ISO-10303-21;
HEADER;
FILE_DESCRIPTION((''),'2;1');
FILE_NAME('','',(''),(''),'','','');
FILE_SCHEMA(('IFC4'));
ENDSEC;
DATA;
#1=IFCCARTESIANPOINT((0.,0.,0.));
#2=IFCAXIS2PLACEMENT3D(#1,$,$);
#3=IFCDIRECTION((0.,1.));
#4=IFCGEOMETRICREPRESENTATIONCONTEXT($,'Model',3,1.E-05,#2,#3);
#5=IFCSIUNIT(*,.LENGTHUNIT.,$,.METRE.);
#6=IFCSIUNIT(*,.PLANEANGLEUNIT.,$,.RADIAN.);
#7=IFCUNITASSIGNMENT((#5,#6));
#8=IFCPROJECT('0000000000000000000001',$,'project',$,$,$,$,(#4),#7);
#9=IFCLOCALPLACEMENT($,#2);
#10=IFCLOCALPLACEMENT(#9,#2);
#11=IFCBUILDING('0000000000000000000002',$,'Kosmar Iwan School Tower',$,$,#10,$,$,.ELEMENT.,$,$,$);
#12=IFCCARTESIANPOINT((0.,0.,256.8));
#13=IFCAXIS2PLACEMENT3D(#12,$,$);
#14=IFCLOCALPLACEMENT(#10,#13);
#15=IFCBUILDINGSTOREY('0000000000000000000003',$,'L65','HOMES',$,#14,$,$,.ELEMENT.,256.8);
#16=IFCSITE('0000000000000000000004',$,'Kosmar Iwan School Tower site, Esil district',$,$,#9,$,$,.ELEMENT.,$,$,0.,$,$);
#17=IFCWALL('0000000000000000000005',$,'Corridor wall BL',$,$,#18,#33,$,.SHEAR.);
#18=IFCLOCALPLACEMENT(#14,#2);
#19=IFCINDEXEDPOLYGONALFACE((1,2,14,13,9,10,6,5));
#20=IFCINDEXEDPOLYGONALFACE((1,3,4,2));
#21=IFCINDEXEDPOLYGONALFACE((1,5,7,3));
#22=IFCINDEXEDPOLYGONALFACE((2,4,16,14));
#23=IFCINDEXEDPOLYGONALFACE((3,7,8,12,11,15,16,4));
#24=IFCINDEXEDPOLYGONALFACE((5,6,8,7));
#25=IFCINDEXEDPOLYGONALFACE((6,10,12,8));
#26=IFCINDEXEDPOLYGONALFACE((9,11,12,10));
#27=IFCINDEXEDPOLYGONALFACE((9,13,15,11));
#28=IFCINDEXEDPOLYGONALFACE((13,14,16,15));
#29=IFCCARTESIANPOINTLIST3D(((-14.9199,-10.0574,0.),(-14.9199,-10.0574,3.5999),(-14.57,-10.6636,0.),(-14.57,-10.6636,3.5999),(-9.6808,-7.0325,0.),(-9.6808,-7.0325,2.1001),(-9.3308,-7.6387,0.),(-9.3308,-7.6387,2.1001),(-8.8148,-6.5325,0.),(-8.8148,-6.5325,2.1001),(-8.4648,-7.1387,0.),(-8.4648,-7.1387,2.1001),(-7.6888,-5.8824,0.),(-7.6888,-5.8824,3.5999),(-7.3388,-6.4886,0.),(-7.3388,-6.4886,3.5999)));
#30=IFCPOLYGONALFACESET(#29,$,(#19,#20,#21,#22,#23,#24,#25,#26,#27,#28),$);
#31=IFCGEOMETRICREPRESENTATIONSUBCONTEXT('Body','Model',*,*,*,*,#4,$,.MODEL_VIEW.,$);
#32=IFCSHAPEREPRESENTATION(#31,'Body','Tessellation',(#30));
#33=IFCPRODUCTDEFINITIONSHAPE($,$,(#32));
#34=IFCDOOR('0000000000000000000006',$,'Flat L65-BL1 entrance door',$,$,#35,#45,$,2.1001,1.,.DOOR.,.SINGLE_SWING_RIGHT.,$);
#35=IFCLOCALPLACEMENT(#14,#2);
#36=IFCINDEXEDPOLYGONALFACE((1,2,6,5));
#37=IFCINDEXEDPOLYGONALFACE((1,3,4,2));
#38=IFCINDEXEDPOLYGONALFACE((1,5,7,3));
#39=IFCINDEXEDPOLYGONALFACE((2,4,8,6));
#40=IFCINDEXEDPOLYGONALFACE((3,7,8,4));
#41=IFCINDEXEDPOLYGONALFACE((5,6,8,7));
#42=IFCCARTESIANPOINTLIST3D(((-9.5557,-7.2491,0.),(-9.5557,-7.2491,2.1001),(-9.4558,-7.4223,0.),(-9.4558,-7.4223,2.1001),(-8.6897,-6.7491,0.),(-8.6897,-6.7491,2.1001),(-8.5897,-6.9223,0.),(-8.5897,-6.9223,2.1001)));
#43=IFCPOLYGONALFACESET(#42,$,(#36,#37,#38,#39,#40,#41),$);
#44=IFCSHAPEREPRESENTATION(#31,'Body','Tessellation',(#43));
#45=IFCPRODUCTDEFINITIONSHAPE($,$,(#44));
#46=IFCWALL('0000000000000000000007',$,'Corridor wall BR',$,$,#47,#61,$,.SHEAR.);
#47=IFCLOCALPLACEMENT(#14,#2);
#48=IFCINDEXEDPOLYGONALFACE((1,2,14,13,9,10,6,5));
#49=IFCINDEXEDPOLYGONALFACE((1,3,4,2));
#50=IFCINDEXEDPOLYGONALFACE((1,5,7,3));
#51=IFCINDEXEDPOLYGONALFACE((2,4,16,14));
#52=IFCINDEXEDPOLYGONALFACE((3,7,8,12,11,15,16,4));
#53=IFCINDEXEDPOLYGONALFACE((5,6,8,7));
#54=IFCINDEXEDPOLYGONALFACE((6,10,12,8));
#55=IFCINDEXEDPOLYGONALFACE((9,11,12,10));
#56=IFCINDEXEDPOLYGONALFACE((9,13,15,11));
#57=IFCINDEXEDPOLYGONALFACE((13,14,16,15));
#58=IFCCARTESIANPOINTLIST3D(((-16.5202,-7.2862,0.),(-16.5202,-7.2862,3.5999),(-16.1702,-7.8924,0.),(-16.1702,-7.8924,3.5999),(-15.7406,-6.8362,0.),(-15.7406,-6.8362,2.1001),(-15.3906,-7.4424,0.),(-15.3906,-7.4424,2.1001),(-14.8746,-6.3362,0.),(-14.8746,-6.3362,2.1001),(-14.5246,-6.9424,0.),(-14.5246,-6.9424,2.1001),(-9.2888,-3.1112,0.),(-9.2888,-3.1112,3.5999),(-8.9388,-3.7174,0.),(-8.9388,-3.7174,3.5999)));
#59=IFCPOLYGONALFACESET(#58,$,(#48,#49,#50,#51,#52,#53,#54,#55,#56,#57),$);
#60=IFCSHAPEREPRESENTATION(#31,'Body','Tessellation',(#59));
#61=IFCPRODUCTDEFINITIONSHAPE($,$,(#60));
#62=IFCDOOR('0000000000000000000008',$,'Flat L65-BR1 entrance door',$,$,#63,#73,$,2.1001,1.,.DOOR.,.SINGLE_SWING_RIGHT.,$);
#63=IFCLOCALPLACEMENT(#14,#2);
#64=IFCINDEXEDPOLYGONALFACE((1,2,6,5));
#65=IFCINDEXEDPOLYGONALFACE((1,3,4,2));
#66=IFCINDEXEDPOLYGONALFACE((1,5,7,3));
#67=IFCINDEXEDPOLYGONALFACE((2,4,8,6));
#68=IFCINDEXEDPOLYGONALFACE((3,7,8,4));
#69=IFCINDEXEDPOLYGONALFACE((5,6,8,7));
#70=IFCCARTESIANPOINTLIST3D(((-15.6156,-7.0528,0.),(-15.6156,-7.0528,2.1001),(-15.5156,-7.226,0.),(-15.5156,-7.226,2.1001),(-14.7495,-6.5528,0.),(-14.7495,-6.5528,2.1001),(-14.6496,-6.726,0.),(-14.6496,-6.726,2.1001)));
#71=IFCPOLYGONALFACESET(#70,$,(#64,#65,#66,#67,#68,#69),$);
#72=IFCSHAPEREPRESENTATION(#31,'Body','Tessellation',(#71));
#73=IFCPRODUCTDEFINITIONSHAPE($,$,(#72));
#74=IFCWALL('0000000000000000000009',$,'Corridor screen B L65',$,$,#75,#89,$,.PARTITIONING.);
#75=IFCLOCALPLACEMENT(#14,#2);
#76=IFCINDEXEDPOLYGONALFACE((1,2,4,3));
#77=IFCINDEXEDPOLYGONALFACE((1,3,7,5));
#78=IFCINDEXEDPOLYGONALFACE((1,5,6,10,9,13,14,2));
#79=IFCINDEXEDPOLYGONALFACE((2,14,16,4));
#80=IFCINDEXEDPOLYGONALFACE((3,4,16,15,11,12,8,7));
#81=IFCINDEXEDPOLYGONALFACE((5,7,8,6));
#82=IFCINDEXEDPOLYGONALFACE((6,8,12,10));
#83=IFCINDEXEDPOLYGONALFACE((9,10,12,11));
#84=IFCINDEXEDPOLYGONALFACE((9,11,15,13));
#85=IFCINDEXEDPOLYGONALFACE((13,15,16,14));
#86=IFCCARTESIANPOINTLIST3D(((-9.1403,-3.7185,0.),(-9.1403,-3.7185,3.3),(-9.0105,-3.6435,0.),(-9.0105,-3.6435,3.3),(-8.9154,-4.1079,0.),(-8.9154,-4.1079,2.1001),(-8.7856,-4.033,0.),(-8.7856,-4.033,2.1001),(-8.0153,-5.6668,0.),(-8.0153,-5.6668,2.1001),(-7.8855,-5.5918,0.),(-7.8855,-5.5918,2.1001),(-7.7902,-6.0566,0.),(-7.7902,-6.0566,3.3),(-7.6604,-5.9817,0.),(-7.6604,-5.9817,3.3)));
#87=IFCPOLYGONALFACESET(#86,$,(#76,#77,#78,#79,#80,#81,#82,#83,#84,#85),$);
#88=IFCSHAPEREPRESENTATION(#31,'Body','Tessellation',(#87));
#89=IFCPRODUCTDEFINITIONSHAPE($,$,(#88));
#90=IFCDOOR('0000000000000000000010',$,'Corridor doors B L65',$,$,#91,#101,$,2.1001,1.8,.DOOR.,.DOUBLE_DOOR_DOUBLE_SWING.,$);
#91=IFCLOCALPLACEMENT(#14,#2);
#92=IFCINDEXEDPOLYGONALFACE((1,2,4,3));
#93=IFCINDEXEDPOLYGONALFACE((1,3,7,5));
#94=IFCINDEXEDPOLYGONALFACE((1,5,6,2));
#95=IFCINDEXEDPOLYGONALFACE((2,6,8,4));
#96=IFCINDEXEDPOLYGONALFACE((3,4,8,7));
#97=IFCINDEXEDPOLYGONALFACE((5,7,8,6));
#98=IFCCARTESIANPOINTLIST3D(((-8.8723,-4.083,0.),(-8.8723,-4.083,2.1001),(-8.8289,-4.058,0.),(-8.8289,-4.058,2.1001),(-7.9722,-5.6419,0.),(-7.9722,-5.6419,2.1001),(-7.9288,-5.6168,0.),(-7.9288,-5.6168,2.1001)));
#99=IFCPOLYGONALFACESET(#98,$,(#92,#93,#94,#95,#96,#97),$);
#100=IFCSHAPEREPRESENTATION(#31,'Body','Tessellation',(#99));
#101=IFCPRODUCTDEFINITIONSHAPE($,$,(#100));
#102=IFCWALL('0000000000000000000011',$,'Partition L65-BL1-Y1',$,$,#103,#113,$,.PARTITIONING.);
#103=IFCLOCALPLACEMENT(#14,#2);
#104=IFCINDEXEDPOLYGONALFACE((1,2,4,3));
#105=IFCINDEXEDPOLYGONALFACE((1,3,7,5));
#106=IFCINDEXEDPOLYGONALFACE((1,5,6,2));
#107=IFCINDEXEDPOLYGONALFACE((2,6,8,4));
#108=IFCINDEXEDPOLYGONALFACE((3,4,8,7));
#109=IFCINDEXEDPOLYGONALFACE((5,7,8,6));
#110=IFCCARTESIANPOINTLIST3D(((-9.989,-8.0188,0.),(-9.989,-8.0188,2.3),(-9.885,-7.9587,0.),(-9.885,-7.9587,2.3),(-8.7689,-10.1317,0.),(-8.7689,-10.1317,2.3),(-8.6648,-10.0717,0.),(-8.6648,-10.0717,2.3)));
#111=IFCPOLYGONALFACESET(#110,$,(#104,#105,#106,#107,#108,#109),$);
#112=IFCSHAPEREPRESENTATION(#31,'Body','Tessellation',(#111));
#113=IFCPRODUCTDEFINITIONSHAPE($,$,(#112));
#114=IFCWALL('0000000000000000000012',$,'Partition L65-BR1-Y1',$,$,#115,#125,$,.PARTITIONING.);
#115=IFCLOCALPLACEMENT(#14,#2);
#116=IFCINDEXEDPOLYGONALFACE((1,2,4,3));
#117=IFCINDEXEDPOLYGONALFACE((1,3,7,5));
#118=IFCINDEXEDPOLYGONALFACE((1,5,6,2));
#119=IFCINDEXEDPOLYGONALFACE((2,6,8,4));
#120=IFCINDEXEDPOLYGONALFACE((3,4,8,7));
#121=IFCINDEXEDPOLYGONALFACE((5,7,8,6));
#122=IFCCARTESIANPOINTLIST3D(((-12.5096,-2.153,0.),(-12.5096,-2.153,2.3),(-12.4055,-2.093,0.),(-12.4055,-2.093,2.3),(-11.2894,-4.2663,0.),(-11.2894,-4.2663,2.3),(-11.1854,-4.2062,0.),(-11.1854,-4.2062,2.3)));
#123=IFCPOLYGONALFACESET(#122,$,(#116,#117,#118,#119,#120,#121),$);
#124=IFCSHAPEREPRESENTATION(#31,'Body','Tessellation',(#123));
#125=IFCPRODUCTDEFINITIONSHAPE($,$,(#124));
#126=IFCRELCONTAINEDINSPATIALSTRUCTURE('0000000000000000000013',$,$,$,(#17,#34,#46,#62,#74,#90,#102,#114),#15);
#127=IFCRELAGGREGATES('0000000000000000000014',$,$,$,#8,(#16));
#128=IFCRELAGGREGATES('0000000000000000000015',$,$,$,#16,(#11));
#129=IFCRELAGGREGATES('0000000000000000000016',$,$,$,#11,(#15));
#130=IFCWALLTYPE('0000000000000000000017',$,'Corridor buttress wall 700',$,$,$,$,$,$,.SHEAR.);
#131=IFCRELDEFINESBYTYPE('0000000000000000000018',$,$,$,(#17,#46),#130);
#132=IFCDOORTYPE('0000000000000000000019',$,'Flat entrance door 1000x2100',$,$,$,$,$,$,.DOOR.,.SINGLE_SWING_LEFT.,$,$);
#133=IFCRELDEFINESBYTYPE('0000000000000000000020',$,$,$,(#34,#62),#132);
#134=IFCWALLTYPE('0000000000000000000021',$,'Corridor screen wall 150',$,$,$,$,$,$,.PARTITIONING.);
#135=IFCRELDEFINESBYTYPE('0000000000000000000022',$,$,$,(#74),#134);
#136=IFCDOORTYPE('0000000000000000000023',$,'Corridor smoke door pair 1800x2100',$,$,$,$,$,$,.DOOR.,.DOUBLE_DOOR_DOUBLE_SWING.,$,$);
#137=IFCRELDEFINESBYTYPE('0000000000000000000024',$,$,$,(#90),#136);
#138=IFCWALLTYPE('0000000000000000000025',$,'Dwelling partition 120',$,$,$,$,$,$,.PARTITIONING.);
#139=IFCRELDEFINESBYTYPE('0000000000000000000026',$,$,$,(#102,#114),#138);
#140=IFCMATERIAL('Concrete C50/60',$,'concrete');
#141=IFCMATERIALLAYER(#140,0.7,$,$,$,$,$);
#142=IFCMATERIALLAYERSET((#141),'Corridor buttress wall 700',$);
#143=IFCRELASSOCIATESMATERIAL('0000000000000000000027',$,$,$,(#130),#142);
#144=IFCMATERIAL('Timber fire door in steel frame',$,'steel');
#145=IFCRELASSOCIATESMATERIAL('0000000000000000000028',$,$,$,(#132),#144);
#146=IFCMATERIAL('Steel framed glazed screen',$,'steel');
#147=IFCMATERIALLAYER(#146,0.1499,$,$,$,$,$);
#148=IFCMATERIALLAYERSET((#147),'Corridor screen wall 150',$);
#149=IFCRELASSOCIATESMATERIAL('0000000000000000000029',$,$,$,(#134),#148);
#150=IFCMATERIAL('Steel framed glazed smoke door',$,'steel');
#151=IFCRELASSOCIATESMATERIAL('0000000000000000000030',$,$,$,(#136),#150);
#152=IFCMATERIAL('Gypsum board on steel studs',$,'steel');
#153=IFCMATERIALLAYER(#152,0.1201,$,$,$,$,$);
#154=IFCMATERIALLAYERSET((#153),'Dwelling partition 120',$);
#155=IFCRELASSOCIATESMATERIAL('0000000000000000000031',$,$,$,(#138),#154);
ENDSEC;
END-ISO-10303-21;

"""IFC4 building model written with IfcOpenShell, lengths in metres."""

from ifc_helpers import new_model, si_unit, direction, frame, frame_2d, origin, place, context, subcontext, project, spatial, rectangle, extrude, material, layer, layer_set, type_object, element, fill, save


model = new_model("IFC4")

# Units and contexts
model_context = context("Model", 3, precision=1e-05, world=origin(), true_north=direction((0.0, 1.0)))
body_context = subcontext(model_context, "Body", "Model", "MODEL_VIEW")
ifc_project = project(units=[si_unit("LENGTHUNIT", "METRE"), si_unit("PLANEANGLEUNIT", "RADIAN")], contexts=[model_context])

# Site, building, storey
site_placement = place(None, origin())
site = spatial("IfcSite", under=ifc_project, at=site_placement, Name="Kosmar Iwan School Tower site, Esil district", CompositionType="ELEMENT", RefElevation=0.0)
building_placement = place(site_placement, origin())
building = spatial("IfcBuilding", under=site, at=building_placement, Name="Kosmar Iwan School Tower", CompositionType="ELEMENT")
storey_placement = place(building_placement, frame((0.0, 0.0, 256.8)))
storey = spatial("IfcBuildingStorey", under=building, at=storey_placement, Name="L65", Description="HOMES", CompositionType="ELEMENT", Elevation=256.8)

# Walls, openings, doors
ifc_material_1 = material(Name="Concrete C50/60", Category="concrete")
ifc_layer_1 = layer(ifc_material_1, 0.7)
ifc_layer_set_1 = layer_set([ifc_layer_1], Name="Corridor buttress wall 700")
wall_type_1 = type_object("IfcWallType", Name="Corridor buttress wall 700", PredefinedType="SHEAR", material=ifc_layer_set_1)
wall_1_placement = place(storey_placement, frame((-7.5139, -6.1855, 0.0), z_axis=(0.0, 0.0, 1.0), x_axis=(-0.86602, -0.50001, 0.0)))
wall_1 = element("IfcWall", 1, at=wall_1_placement, inside=storey, type_object=wall_type_1, Name="Corridor wall BL", PredefinedType="SHEAR", context=body_context, shape_type="SweptSolid", body=[
    extrude(rectangle(XDim=8.3499, YDim=0.7, at=frame_2d((4.1748, 0.0))), origin(), (0.0, 0.0, 1.0), 3.5999),
])
opening_1_placement = place(wall_1_placement, frame((1.3, 0.0, 0.0)))
opening_1 = element("IfcOpeningElement", 2, at=opening_1_placement, cuts=wall_1, PredefinedType="OPENING", context=body_context, shape_type="SweptSolid", body=[
    extrude(rectangle(XDim=1.0, YDim=2.1001, at=frame_2d((0.5, 1.05))), frame((0.0, 0.3621, 0.0), z_axis=(0.0, -1.0, 0.0), x_axis=(1.0, 0.0, 0.0)), (0.0, 0.0, 1.0), 0.7239),
])
ifc_material_2 = material(Name="Timber fire door in steel frame", Category="steel")
door_type_1 = type_object("IfcDoorType", Name="Flat entrance door 1000x2100", OperationType="SINGLE_SWING_LEFT", PredefinedType="DOOR", material=ifc_material_2)
door_1_placement = place(opening_1_placement, origin())
door_1 = element("IfcDoor", 3, at=door_1_placement, inside=storey, type_object=door_type_1, Name="Flat L65-BL1 entrance door", OperationType="SINGLE_SWING_RIGHT", OverallHeight=2.1001, OverallWidth=1.0, PredefinedType="DOOR", context=body_context, shape_type="SweptSolid", body=[
    extrude(rectangle(XDim=1.0, YDim=2.1001, at=frame_2d((0.5, 1.05))), frame((0.0, 0.1001, 0.0), z_axis=(0.0, -1.0, 0.0), x_axis=(1.0, 0.0, 0.0)), (0.0, 0.0, 1.0), 0.2),
])
fill(opening_1, door_1)
wall_2_placement = place(storey_placement, frame((-9.1138, -3.4143, 0.0), z_axis=(0.0, 0.0, 1.0), x_axis=(-0.866027, -0.499997, 0.0)))
wall_2 = element("IfcWall", 4, at=wall_2_placement, inside=storey, type_object=wall_type_1, Name="Corridor wall BR", PredefinedType="SHEAR", context=body_context, shape_type="SweptSolid", body=[
    extrude(rectangle(XDim=8.3501, YDim=0.7, at=frame_2d((4.175, 0.0))), origin(), (0.0, 0.0, 1.0), 3.5999),
])
opening_2_placement = place(wall_2_placement, frame((6.45, 0.0, 0.0)))
opening_2 = element("IfcOpeningElement", 5, at=opening_2_placement, cuts=wall_2, PredefinedType="OPENING", context=body_context, shape_type="SweptSolid", body=[
    extrude(rectangle(XDim=1.0, YDim=2.1001, at=frame_2d((0.5, 1.05))), frame((0.0, 0.3621, 0.0), z_axis=(0.0, -1.0, 0.0), x_axis=(1.0, 0.0, 0.0)), (0.0, 0.0, 1.0), 0.7239),
])
door_2_placement = place(opening_2_placement, origin())
door_2 = element("IfcDoor", 6, at=door_2_placement, inside=storey, type_object=door_type_1, Name="Flat L65-BR1 entrance door", OperationType="SINGLE_SWING_RIGHT", OverallHeight=2.1001, OverallWidth=1.0, PredefinedType="DOOR", context=body_context, shape_type="SweptSolid", body=[
    extrude(rectangle(XDim=1.0, YDim=2.1001, at=frame_2d((0.5, 1.05))), frame((0.0, 0.1001, 0.0), z_axis=(0.0, -1.0, 0.0), x_axis=(1.0, 0.0, 0.0)), (0.0, 0.0, 1.0), 0.2),
])
fill(opening_2, door_2)
ifc_material_3 = material(Name="Steel framed glazed screen", Category="steel")
ifc_layer_2 = layer(ifc_material_3, 0.1499)
ifc_layer_set_2 = layer_set([ifc_layer_2], Name="Corridor screen wall 150")
wall_type_2 = type_object("IfcWallType", Name="Corridor screen wall 150", PredefinedType="PARTITIONING", material=ifc_layer_set_2)
wall_3_placement = place(storey_placement, frame((-9.0754, -3.6809, 0.0), z_axis=(0.0, 0.0, 1.0), x_axis=(0.500049, -0.865997, 0.0)))
wall_3 = element("IfcWall", 7, at=wall_3_placement, inside=storey, type_object=wall_type_2, Name="Corridor screen B L65", PredefinedType="PARTITIONING", context=body_context, shape_type="SweptSolid", body=[
    extrude(rectangle(XDim=2.7, YDim=0.1499, at=frame_2d((1.3501, 0.0))), origin(), (0.0, 0.0, 1.0), 3.3),
])
opening_3_placement = place(wall_3_placement, frame((0.45, 0.0, 0.0)))
opening_3 = element("IfcOpeningElement", 8, at=opening_3_placement, cuts=wall_3, PredefinedType="OPENING", context=body_context, shape_type="SweptSolid", body=[
    extrude(rectangle(XDim=1.8, YDim=2.1001, at=frame_2d((0.8999, 1.05))), frame((0.0, 0.0869, 0.0), z_axis=(0.0, -1.0, 0.0), x_axis=(1.0, 0.0, 0.0)), (0.0, 0.0, 1.0), 0.1738),
])
ifc_material_4 = material(Name="Steel framed glazed smoke door", Category="steel")
door_type_2 = type_object("IfcDoorType", Name="Corridor smoke door pair 1800x2100", OperationType="DOUBLE_DOOR_DOUBLE_SWING", PredefinedType="DOOR", material=ifc_material_4)
door_3_placement = place(opening_3_placement, origin())
door_3 = element("IfcDoor", 9, at=door_3_placement, inside=storey, type_object=door_type_2, Name="Corridor doors B L65", OperationType="DOUBLE_DOOR_DOUBLE_SWING", OverallHeight=2.1001, OverallWidth=1.8, PredefinedType="DOOR", context=body_context, shape_type="SweptSolid", body=[
    extrude(rectangle(XDim=1.8, YDim=2.1001, at=frame_2d((0.8999, 1.05))), frame((0.0, 0.0249, 0.0), z_axis=(0.0, -1.0, 0.0), x_axis=(1.0, 0.0, 0.0)), (0.0, 0.0, 1.0), 0.05),
])
fill(opening_3, door_3)

# Walls
ifc_material_5 = material(Name="Gypsum board on steel studs", Category="steel")
ifc_layer_3 = layer(ifc_material_5, 0.1201)
ifc_layer_set_3 = layer_set([ifc_layer_3], Name="Dwelling partition 120")
wall_type_3 = type_object("IfcWallType", Name="Dwelling partition 120", PredefinedType="PARTITIONING", material=ifc_layer_set_3)
wall_4_placement = place(storey_placement, frame((-9.937, -7.9888, 0.0), z_axis=(0.0, 0.0, 1.0), x_axis=(0.500078, -0.865981, 0.0)))
element("IfcWall", 10, at=wall_4_placement, inside=storey, type_object=wall_type_3, Name="Partition L65-BL1-Y1", PredefinedType="PARTITIONING", context=body_context, shape_type="SweptSolid", body=[
    extrude(rectangle(XDim=2.4399, YDim=0.1201, at=frame_2d((1.22, 0.0))), origin(), (0.0, 0.0, 1.0), 2.3),
])
wall_5_placement = place(storey_placement, frame((-11.2373, -4.2363, 0.0), z_axis=(0.0, 0.0, 1.0), x_axis=(-0.500034, 0.866006, 0.0)))
element("IfcWall", 11, at=wall_5_placement, inside=storey, type_object=wall_type_3, Name="Partition L65-BR1-Y1", PredefinedType="PARTITIONING", context=body_context, shape_type="SweptSolid", body=[
    extrude(rectangle(XDim=2.4402, YDim=0.1201, at=frame_2d((1.2202, 0.0))), origin(), (0.0, 0.0, 1.0), 2.3),
])

save(model, "model.ifc")
